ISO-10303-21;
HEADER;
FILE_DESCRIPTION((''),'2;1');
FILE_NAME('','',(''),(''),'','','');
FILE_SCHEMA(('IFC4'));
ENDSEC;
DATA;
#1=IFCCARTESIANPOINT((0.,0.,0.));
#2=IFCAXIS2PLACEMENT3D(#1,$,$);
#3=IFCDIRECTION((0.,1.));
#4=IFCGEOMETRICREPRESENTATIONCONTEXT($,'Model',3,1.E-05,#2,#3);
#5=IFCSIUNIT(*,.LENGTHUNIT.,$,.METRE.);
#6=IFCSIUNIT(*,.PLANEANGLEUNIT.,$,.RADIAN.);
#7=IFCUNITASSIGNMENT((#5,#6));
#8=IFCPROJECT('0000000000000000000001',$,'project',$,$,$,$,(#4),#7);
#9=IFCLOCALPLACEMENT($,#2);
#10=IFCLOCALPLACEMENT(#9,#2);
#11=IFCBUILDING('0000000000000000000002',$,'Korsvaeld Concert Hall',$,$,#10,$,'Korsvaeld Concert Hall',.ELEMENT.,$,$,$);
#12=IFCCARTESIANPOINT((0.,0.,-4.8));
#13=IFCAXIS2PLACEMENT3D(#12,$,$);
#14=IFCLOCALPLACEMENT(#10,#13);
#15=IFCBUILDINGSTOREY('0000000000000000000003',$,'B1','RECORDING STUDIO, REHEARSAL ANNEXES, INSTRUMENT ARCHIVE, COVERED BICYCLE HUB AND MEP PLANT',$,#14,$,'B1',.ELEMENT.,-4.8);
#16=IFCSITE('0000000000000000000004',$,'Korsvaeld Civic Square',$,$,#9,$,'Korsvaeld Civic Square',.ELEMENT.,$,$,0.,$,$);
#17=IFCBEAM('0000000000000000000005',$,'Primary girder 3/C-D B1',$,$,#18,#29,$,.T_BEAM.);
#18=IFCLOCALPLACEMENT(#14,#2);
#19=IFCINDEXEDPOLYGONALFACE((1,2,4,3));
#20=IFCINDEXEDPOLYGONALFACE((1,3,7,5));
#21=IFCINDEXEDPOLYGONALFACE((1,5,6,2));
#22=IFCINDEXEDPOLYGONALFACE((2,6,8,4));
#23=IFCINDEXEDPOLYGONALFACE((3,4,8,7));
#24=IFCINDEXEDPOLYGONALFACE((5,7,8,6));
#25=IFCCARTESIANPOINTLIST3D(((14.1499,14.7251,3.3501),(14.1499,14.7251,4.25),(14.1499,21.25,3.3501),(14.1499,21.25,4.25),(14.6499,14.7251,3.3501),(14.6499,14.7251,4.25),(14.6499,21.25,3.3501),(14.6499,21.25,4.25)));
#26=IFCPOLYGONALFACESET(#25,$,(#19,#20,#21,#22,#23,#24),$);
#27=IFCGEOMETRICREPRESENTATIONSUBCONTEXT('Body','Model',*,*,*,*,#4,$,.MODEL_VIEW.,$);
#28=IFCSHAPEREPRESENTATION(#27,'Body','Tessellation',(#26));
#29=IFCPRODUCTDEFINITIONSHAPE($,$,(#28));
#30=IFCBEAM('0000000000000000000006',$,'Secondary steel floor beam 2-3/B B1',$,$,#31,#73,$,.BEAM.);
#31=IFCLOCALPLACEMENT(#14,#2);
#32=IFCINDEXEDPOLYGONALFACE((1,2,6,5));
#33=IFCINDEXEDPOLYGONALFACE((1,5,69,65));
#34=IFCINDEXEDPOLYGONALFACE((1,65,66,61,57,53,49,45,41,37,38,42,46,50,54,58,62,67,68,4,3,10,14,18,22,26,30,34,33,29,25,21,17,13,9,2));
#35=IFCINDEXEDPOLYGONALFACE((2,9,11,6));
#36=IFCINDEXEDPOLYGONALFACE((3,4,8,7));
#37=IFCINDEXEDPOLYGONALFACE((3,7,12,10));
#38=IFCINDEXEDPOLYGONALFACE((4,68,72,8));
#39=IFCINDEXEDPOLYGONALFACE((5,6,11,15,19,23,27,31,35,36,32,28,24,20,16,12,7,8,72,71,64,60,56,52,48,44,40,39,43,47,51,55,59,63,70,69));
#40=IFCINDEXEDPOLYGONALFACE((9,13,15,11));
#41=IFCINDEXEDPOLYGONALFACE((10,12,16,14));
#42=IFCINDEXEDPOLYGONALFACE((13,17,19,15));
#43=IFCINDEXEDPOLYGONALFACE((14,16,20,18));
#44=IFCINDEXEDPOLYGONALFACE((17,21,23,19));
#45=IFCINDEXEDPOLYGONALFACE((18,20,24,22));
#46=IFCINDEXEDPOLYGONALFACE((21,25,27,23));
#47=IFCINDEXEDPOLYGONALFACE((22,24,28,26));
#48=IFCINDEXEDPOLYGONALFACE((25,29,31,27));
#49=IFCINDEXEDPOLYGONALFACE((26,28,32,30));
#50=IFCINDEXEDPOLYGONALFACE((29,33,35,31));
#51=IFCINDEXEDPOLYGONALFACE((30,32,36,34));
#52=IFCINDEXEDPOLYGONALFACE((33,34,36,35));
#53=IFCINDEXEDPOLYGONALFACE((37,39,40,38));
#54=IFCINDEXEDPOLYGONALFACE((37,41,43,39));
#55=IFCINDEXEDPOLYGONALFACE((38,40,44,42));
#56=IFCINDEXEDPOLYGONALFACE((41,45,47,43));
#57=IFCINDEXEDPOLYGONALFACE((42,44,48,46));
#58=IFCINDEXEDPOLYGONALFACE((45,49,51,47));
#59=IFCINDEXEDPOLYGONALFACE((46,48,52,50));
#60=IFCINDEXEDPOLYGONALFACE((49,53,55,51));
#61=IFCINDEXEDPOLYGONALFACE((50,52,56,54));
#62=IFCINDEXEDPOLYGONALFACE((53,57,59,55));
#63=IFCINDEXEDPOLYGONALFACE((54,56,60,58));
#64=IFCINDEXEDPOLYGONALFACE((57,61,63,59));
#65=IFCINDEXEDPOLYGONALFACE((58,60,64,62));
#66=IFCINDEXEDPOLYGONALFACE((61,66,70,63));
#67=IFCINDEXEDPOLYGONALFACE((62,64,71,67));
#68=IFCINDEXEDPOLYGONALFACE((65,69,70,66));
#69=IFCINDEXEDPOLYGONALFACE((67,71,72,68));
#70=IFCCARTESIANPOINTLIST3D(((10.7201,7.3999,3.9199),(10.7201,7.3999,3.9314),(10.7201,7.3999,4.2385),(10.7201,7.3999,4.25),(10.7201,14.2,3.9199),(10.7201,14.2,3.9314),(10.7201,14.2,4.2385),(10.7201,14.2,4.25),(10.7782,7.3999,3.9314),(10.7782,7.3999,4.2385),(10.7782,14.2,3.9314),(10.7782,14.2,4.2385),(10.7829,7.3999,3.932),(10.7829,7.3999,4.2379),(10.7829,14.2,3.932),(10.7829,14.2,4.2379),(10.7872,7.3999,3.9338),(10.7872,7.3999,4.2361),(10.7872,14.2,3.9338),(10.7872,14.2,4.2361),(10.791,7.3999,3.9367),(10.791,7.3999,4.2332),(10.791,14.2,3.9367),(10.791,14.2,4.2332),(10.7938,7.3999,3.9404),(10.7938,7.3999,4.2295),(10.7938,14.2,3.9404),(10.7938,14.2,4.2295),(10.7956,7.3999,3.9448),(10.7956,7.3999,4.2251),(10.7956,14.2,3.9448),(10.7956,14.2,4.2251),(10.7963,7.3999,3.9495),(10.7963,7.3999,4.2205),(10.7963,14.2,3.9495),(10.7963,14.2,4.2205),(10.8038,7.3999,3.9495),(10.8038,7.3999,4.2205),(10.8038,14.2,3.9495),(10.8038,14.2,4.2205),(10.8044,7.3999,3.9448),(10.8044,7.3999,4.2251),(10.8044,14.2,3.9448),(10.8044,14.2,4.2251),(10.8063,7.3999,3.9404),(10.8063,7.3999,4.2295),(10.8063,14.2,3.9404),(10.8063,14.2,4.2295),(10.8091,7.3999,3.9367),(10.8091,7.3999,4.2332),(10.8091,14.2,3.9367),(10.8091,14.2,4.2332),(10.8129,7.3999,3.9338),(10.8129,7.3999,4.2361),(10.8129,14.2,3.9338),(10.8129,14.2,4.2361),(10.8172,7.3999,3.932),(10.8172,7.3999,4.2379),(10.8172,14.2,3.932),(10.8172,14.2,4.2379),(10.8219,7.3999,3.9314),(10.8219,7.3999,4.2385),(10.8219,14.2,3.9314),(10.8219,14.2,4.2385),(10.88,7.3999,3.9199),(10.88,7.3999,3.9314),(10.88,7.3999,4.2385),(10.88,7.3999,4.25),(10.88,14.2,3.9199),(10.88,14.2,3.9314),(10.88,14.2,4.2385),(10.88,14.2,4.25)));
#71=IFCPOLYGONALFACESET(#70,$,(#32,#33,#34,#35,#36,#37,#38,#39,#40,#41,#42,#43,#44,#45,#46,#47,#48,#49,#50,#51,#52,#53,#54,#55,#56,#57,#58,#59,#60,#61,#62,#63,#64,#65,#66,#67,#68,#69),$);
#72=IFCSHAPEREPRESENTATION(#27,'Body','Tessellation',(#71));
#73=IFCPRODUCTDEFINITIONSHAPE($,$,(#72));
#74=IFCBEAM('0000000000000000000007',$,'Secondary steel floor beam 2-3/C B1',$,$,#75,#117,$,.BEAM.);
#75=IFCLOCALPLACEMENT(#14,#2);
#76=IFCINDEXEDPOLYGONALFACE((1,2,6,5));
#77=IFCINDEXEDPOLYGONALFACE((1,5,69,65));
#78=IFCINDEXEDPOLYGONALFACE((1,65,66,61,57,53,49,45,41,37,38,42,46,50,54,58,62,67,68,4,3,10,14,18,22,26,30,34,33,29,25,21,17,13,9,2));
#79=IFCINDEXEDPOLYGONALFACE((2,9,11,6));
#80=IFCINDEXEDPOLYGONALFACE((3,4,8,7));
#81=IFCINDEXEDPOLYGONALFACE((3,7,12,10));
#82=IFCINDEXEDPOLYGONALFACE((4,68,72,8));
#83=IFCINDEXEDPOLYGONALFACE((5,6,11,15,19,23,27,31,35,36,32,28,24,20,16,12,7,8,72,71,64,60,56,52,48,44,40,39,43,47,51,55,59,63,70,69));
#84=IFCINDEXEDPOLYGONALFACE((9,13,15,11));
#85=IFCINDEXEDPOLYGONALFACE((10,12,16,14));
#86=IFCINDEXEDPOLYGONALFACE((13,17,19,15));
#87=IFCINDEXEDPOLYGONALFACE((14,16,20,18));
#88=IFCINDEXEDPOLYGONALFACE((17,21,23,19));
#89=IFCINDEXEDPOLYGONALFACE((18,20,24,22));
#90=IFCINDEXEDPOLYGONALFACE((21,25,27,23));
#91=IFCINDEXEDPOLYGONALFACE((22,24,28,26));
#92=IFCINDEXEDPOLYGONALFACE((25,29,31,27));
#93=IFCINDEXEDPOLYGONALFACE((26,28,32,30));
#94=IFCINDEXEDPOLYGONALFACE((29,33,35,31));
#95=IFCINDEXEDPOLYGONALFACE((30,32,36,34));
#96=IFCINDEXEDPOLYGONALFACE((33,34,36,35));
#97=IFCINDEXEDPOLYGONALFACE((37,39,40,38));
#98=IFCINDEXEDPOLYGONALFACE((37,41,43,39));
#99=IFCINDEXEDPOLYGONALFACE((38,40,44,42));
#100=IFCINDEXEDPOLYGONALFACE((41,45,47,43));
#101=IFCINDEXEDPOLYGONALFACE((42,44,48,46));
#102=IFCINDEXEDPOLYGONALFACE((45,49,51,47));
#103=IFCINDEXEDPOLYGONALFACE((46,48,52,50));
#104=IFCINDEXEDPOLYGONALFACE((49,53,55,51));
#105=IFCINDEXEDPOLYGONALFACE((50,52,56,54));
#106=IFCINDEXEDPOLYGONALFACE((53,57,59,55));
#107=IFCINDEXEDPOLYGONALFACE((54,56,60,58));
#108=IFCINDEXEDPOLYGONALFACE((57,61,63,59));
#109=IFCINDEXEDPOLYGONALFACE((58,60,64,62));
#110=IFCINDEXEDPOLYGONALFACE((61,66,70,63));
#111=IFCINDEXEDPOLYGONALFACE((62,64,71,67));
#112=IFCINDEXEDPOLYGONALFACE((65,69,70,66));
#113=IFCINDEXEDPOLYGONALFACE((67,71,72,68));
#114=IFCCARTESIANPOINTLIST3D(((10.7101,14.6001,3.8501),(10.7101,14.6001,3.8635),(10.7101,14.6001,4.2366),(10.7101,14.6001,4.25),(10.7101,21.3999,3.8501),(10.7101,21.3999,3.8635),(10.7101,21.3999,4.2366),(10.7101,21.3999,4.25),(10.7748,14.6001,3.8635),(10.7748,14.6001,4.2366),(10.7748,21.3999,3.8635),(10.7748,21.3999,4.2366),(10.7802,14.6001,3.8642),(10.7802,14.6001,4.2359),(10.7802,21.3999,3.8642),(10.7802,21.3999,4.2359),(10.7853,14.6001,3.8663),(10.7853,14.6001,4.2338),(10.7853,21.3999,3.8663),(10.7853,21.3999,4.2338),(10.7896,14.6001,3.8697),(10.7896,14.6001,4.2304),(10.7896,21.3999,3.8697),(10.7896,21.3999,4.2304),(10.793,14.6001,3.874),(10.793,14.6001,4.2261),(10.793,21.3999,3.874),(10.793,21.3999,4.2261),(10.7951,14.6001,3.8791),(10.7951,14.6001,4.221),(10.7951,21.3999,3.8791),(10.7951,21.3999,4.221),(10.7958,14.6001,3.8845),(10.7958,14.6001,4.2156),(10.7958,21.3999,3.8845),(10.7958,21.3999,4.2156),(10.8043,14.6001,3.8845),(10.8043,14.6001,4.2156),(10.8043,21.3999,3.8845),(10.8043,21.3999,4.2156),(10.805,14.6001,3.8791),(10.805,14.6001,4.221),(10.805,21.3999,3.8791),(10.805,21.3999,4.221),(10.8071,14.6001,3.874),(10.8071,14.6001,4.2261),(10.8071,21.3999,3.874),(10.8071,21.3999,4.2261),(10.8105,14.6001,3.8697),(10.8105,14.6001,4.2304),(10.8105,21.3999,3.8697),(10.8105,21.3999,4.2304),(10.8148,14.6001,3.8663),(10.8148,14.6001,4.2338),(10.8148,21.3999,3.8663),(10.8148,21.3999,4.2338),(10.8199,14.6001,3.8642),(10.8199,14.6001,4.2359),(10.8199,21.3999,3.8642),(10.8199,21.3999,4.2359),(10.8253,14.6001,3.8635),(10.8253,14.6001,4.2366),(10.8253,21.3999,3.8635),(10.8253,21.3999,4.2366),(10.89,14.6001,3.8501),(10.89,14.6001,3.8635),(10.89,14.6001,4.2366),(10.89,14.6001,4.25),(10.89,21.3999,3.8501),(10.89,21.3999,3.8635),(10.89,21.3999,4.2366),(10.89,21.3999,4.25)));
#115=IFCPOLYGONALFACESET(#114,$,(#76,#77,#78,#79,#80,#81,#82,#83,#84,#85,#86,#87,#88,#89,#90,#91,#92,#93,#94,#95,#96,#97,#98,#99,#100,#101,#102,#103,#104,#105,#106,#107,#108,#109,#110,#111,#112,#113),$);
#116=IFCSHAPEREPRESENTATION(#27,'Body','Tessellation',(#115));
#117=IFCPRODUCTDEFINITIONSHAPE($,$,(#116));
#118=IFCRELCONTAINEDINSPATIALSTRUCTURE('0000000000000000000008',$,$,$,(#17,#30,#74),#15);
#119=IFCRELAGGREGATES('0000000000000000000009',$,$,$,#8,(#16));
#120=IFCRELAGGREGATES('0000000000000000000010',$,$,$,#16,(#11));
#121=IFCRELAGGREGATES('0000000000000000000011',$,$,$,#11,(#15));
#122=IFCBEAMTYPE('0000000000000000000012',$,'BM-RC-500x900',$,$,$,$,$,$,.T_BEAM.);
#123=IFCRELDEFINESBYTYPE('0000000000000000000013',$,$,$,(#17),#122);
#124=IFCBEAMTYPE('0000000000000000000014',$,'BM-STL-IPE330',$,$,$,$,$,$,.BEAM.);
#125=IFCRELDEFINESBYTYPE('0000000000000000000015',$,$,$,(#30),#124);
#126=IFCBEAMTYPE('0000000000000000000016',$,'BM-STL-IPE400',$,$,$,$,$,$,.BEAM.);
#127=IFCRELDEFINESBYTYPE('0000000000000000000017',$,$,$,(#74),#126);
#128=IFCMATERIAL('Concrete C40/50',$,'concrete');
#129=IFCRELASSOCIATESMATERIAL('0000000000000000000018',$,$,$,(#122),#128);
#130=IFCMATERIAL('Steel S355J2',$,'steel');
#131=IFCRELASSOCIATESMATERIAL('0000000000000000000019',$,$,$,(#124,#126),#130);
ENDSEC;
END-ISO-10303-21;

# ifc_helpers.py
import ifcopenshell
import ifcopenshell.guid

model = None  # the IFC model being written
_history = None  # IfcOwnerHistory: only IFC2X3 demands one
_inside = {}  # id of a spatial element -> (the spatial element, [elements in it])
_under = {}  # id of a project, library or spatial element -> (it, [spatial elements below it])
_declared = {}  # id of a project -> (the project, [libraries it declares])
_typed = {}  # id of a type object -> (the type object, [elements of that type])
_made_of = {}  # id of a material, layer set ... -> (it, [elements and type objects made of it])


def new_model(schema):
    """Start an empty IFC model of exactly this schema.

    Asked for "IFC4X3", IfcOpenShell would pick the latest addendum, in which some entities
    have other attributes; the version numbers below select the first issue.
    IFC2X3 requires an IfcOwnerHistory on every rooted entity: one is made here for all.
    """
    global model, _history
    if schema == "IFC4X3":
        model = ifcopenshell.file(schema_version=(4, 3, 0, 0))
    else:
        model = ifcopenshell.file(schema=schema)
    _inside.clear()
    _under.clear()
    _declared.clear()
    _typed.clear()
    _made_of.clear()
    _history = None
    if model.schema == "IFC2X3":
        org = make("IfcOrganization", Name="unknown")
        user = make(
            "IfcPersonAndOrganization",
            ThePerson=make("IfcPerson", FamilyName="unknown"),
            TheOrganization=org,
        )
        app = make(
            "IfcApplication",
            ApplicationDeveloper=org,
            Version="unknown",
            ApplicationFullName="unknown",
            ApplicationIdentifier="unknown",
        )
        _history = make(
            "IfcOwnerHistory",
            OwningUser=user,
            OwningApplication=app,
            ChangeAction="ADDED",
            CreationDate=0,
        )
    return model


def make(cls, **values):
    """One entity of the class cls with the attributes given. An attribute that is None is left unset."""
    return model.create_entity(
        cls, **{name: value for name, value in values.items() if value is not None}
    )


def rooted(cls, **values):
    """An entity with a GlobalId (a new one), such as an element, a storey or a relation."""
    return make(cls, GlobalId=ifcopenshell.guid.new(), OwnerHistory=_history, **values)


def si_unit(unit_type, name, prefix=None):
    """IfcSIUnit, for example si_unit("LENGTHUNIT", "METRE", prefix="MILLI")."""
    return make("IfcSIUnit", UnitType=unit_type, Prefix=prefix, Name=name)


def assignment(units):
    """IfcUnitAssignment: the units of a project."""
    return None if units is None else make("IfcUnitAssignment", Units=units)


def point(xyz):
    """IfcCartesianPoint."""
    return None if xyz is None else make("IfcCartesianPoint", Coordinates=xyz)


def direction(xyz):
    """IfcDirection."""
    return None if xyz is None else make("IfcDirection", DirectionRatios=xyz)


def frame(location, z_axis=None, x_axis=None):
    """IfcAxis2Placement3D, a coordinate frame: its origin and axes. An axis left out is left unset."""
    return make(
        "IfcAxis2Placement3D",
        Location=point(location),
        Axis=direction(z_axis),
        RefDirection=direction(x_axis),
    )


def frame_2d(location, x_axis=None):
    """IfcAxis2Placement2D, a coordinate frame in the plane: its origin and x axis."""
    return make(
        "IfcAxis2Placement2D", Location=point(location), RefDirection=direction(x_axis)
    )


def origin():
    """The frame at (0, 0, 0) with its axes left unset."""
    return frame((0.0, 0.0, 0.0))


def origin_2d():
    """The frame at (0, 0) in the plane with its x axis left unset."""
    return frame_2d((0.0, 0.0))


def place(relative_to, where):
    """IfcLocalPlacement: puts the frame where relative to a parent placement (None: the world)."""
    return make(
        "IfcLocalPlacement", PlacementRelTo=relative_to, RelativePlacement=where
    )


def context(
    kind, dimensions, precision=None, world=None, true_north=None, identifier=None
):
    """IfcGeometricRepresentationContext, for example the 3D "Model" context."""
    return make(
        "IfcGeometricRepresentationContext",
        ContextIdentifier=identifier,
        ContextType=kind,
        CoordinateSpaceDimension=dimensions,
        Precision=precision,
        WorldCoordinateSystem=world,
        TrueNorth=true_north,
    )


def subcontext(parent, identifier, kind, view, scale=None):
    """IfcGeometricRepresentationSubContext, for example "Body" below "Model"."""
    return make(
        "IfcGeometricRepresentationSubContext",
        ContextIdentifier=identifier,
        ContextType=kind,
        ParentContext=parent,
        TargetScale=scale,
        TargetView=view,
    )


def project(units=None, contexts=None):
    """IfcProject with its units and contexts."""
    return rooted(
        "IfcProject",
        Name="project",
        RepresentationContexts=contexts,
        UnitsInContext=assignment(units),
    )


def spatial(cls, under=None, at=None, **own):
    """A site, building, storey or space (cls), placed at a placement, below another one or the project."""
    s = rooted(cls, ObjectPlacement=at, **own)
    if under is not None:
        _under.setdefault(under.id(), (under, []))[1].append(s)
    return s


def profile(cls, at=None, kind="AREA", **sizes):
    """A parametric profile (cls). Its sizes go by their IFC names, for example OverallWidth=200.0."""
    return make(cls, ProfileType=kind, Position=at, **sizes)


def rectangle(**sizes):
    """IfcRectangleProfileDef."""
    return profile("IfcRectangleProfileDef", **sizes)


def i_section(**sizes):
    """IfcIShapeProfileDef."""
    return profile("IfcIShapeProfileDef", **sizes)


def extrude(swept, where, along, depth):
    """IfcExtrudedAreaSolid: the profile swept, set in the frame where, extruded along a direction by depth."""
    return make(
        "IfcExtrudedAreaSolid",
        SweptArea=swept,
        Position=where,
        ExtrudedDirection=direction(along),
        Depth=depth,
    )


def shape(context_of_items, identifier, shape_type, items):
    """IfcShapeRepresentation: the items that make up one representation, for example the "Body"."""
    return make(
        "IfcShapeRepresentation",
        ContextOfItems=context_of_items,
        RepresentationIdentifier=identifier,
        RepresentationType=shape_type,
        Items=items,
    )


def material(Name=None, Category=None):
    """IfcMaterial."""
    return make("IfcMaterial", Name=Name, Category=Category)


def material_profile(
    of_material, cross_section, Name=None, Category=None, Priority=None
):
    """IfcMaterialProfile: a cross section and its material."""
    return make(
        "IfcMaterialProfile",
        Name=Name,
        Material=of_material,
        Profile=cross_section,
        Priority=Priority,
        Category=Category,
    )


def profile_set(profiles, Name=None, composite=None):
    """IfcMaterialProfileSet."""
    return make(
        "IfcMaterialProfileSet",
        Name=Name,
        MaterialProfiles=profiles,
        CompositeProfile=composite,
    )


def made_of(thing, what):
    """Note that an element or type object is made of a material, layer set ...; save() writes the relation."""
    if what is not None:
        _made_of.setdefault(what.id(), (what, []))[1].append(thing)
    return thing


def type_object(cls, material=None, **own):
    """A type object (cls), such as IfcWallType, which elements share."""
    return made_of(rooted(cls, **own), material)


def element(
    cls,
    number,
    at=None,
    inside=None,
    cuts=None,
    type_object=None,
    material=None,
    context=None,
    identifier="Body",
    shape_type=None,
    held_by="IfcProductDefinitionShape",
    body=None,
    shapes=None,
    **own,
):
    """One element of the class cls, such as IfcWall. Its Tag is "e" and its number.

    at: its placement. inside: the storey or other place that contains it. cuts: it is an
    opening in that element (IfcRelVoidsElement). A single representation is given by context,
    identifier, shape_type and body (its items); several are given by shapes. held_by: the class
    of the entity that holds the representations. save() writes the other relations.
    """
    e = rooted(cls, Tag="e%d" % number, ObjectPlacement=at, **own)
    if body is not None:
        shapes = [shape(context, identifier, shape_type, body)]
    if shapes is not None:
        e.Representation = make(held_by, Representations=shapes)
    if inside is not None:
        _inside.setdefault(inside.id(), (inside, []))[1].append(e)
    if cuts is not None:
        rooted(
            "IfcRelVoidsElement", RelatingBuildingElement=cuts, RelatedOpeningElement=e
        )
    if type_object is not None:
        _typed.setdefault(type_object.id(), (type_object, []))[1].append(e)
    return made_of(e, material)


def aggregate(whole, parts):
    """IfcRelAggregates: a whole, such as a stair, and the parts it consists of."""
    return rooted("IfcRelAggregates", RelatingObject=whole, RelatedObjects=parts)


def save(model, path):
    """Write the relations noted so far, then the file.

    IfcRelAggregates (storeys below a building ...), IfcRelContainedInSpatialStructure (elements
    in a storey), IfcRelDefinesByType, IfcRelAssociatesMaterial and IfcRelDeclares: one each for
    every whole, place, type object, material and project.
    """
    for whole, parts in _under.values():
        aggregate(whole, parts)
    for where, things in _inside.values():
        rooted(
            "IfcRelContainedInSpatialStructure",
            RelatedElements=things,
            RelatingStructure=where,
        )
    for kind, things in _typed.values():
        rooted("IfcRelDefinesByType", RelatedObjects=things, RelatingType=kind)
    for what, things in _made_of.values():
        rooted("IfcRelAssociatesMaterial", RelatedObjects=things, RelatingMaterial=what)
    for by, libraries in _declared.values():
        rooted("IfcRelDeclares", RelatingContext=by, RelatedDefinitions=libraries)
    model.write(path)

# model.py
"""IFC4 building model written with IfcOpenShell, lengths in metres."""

from ifc_helpers import new_model, si_unit, direction, frame, origin, origin_2d, place, context, subcontext, project, spatial, rectangle, i_section, extrude, material, material_profile, profile_set, type_object, element, save


model = new_model("IFC4")

# Units and contexts
model_context = context("Model", 3, precision=1e-05, world=origin(), true_north=direction((0.0, 1.0)))
body_context = subcontext(model_context, "Body", "Model", "MODEL_VIEW")
ifc_project = project(units=[si_unit("LENGTHUNIT", "METRE"), si_unit("PLANEANGLEUNIT", "RADIAN")], contexts=[model_context])

# Site, building, storey
site_placement = place(None, origin())
site = spatial("IfcSite", under=ifc_project, at=site_placement, Name="Korsvaeld Civic Square", LongName="Korsvaeld Civic Square", CompositionType="ELEMENT", RefElevation=0.0)
building_placement = place(site_placement, origin())
building = spatial("IfcBuilding", under=site, at=building_placement, Name="Korsvaeld Concert Hall", LongName="Korsvaeld Concert Hall", CompositionType="ELEMENT")
storey_placement = place(building_placement, frame((0.0, 0.0, -4.8)))
storey = spatial("IfcBuildingStorey", under=building, at=storey_placement, Name="B1", Description="RECORDING STUDIO, REHEARSAL ANNEXES, INSTRUMENT ARCHIVE, COVERED BICYCLE HUB AND MEP PLANT", LongName="B1", CompositionType="ELEMENT", Elevation=-4.8)

# Shared definitions
ifc_material_1 = material(Name="Concrete C40/50", Category="concrete")

# Beams
ifc_material_profile_1 = material_profile(ifc_material_1, rectangle(XDim=0.5, YDim=0.8999, at=origin_2d()), Name="RC 500x900")
ifc_profile_set_1 = profile_set([ifc_material_profile_1], Name="Concrete C40/50")
beam_type_1 = type_object("IfcBeamType", Name="BM-RC-500x900", PredefinedType="T_BEAM", material=ifc_profile_set_1)
beam_1_placement = place(storey_placement, frame((14.3999, 14.7251, 3.8), z_axis=(0.0, 1.0, 0.0), x_axis=(-1.0, 0.0, 0.0)))
element("IfcBeam", 1, at=beam_1_placement, inside=storey, type_object=beam_type_1, Name="Primary girder 3/C-D B1", PredefinedType="T_BEAM", context=body_context, shape_type="SweptSolid", body=[
    extrude(rectangle(XDim=0.5, YDim=0.8999, at=origin_2d()), origin(), (0.0, 0.0, 1.0), 6.5249),
])
ifc_material_2 = material(Name="Steel S355J2", Category="steel")
ifc_material_profile_2 = material_profile(ifc_material_2, i_section(OverallWidth=0.1599, OverallDepth=0.3301, WebThickness=0.0076, FlangeThickness=0.0115, FilletRadius=0.0181, at=origin_2d()), Name="IPE 330")
ifc_profile_set_2 = profile_set([ifc_material_profile_2], Name="Steel S355J2")
beam_type_2 = type_object("IfcBeamType", Name="BM-STL-IPE330", PredefinedType="BEAM", material=ifc_profile_set_2)
beam_2_placement = place(storey_placement, frame((10.8, 7.3999, 4.085), z_axis=(0.0, 1.0, 0.0), x_axis=(-1.0, 0.0, 0.0)))
element("IfcBeam", 2, at=beam_2_placement, inside=storey, type_object=beam_type_2, Name="Secondary steel floor beam 2-3/B B1", PredefinedType="BEAM", context=body_context, shape_type="SweptSolid", body=[
    extrude(i_section(OverallWidth=0.1599, OverallDepth=0.3301, WebThickness=0.0076, FlangeThickness=0.0115, FilletRadius=0.0181, at=origin_2d()), origin(), (0.0, 0.0, 1.0), 6.8),
])
ifc_material_profile_3 = material_profile(ifc_material_2, i_section(OverallWidth=0.1799, OverallDepth=0.3999, WebThickness=0.0085, FlangeThickness=0.0134, FilletRadius=0.021, at=origin_2d()), Name="IPE 400")
ifc_profile_set_3 = profile_set([ifc_material_profile_3], Name="Steel S355J2")
beam_type_3 = type_object("IfcBeamType", Name="BM-STL-IPE400", PredefinedType="BEAM", material=ifc_profile_set_3)
beam_3_placement = place(storey_placement, frame((10.8, 14.6001, 4.05), z_axis=(0.0, 1.0, 0.0), x_axis=(-1.0, 0.0, 0.0)))
element("IfcBeam", 3, at=beam_3_placement, inside=storey, type_object=beam_type_3, Name="Secondary steel floor beam 2-3/C B1", PredefinedType="BEAM", context=body_context, shape_type="SweptSolid", body=[
    extrude(i_section(OverallWidth=0.1799, OverallDepth=0.3999, WebThickness=0.0085, FlangeThickness=0.0134, FilletRadius=0.021, at=origin_2d()), origin(), (0.0, 0.0, 1.0), 6.7998),
])

save(model, "model.ifc")
